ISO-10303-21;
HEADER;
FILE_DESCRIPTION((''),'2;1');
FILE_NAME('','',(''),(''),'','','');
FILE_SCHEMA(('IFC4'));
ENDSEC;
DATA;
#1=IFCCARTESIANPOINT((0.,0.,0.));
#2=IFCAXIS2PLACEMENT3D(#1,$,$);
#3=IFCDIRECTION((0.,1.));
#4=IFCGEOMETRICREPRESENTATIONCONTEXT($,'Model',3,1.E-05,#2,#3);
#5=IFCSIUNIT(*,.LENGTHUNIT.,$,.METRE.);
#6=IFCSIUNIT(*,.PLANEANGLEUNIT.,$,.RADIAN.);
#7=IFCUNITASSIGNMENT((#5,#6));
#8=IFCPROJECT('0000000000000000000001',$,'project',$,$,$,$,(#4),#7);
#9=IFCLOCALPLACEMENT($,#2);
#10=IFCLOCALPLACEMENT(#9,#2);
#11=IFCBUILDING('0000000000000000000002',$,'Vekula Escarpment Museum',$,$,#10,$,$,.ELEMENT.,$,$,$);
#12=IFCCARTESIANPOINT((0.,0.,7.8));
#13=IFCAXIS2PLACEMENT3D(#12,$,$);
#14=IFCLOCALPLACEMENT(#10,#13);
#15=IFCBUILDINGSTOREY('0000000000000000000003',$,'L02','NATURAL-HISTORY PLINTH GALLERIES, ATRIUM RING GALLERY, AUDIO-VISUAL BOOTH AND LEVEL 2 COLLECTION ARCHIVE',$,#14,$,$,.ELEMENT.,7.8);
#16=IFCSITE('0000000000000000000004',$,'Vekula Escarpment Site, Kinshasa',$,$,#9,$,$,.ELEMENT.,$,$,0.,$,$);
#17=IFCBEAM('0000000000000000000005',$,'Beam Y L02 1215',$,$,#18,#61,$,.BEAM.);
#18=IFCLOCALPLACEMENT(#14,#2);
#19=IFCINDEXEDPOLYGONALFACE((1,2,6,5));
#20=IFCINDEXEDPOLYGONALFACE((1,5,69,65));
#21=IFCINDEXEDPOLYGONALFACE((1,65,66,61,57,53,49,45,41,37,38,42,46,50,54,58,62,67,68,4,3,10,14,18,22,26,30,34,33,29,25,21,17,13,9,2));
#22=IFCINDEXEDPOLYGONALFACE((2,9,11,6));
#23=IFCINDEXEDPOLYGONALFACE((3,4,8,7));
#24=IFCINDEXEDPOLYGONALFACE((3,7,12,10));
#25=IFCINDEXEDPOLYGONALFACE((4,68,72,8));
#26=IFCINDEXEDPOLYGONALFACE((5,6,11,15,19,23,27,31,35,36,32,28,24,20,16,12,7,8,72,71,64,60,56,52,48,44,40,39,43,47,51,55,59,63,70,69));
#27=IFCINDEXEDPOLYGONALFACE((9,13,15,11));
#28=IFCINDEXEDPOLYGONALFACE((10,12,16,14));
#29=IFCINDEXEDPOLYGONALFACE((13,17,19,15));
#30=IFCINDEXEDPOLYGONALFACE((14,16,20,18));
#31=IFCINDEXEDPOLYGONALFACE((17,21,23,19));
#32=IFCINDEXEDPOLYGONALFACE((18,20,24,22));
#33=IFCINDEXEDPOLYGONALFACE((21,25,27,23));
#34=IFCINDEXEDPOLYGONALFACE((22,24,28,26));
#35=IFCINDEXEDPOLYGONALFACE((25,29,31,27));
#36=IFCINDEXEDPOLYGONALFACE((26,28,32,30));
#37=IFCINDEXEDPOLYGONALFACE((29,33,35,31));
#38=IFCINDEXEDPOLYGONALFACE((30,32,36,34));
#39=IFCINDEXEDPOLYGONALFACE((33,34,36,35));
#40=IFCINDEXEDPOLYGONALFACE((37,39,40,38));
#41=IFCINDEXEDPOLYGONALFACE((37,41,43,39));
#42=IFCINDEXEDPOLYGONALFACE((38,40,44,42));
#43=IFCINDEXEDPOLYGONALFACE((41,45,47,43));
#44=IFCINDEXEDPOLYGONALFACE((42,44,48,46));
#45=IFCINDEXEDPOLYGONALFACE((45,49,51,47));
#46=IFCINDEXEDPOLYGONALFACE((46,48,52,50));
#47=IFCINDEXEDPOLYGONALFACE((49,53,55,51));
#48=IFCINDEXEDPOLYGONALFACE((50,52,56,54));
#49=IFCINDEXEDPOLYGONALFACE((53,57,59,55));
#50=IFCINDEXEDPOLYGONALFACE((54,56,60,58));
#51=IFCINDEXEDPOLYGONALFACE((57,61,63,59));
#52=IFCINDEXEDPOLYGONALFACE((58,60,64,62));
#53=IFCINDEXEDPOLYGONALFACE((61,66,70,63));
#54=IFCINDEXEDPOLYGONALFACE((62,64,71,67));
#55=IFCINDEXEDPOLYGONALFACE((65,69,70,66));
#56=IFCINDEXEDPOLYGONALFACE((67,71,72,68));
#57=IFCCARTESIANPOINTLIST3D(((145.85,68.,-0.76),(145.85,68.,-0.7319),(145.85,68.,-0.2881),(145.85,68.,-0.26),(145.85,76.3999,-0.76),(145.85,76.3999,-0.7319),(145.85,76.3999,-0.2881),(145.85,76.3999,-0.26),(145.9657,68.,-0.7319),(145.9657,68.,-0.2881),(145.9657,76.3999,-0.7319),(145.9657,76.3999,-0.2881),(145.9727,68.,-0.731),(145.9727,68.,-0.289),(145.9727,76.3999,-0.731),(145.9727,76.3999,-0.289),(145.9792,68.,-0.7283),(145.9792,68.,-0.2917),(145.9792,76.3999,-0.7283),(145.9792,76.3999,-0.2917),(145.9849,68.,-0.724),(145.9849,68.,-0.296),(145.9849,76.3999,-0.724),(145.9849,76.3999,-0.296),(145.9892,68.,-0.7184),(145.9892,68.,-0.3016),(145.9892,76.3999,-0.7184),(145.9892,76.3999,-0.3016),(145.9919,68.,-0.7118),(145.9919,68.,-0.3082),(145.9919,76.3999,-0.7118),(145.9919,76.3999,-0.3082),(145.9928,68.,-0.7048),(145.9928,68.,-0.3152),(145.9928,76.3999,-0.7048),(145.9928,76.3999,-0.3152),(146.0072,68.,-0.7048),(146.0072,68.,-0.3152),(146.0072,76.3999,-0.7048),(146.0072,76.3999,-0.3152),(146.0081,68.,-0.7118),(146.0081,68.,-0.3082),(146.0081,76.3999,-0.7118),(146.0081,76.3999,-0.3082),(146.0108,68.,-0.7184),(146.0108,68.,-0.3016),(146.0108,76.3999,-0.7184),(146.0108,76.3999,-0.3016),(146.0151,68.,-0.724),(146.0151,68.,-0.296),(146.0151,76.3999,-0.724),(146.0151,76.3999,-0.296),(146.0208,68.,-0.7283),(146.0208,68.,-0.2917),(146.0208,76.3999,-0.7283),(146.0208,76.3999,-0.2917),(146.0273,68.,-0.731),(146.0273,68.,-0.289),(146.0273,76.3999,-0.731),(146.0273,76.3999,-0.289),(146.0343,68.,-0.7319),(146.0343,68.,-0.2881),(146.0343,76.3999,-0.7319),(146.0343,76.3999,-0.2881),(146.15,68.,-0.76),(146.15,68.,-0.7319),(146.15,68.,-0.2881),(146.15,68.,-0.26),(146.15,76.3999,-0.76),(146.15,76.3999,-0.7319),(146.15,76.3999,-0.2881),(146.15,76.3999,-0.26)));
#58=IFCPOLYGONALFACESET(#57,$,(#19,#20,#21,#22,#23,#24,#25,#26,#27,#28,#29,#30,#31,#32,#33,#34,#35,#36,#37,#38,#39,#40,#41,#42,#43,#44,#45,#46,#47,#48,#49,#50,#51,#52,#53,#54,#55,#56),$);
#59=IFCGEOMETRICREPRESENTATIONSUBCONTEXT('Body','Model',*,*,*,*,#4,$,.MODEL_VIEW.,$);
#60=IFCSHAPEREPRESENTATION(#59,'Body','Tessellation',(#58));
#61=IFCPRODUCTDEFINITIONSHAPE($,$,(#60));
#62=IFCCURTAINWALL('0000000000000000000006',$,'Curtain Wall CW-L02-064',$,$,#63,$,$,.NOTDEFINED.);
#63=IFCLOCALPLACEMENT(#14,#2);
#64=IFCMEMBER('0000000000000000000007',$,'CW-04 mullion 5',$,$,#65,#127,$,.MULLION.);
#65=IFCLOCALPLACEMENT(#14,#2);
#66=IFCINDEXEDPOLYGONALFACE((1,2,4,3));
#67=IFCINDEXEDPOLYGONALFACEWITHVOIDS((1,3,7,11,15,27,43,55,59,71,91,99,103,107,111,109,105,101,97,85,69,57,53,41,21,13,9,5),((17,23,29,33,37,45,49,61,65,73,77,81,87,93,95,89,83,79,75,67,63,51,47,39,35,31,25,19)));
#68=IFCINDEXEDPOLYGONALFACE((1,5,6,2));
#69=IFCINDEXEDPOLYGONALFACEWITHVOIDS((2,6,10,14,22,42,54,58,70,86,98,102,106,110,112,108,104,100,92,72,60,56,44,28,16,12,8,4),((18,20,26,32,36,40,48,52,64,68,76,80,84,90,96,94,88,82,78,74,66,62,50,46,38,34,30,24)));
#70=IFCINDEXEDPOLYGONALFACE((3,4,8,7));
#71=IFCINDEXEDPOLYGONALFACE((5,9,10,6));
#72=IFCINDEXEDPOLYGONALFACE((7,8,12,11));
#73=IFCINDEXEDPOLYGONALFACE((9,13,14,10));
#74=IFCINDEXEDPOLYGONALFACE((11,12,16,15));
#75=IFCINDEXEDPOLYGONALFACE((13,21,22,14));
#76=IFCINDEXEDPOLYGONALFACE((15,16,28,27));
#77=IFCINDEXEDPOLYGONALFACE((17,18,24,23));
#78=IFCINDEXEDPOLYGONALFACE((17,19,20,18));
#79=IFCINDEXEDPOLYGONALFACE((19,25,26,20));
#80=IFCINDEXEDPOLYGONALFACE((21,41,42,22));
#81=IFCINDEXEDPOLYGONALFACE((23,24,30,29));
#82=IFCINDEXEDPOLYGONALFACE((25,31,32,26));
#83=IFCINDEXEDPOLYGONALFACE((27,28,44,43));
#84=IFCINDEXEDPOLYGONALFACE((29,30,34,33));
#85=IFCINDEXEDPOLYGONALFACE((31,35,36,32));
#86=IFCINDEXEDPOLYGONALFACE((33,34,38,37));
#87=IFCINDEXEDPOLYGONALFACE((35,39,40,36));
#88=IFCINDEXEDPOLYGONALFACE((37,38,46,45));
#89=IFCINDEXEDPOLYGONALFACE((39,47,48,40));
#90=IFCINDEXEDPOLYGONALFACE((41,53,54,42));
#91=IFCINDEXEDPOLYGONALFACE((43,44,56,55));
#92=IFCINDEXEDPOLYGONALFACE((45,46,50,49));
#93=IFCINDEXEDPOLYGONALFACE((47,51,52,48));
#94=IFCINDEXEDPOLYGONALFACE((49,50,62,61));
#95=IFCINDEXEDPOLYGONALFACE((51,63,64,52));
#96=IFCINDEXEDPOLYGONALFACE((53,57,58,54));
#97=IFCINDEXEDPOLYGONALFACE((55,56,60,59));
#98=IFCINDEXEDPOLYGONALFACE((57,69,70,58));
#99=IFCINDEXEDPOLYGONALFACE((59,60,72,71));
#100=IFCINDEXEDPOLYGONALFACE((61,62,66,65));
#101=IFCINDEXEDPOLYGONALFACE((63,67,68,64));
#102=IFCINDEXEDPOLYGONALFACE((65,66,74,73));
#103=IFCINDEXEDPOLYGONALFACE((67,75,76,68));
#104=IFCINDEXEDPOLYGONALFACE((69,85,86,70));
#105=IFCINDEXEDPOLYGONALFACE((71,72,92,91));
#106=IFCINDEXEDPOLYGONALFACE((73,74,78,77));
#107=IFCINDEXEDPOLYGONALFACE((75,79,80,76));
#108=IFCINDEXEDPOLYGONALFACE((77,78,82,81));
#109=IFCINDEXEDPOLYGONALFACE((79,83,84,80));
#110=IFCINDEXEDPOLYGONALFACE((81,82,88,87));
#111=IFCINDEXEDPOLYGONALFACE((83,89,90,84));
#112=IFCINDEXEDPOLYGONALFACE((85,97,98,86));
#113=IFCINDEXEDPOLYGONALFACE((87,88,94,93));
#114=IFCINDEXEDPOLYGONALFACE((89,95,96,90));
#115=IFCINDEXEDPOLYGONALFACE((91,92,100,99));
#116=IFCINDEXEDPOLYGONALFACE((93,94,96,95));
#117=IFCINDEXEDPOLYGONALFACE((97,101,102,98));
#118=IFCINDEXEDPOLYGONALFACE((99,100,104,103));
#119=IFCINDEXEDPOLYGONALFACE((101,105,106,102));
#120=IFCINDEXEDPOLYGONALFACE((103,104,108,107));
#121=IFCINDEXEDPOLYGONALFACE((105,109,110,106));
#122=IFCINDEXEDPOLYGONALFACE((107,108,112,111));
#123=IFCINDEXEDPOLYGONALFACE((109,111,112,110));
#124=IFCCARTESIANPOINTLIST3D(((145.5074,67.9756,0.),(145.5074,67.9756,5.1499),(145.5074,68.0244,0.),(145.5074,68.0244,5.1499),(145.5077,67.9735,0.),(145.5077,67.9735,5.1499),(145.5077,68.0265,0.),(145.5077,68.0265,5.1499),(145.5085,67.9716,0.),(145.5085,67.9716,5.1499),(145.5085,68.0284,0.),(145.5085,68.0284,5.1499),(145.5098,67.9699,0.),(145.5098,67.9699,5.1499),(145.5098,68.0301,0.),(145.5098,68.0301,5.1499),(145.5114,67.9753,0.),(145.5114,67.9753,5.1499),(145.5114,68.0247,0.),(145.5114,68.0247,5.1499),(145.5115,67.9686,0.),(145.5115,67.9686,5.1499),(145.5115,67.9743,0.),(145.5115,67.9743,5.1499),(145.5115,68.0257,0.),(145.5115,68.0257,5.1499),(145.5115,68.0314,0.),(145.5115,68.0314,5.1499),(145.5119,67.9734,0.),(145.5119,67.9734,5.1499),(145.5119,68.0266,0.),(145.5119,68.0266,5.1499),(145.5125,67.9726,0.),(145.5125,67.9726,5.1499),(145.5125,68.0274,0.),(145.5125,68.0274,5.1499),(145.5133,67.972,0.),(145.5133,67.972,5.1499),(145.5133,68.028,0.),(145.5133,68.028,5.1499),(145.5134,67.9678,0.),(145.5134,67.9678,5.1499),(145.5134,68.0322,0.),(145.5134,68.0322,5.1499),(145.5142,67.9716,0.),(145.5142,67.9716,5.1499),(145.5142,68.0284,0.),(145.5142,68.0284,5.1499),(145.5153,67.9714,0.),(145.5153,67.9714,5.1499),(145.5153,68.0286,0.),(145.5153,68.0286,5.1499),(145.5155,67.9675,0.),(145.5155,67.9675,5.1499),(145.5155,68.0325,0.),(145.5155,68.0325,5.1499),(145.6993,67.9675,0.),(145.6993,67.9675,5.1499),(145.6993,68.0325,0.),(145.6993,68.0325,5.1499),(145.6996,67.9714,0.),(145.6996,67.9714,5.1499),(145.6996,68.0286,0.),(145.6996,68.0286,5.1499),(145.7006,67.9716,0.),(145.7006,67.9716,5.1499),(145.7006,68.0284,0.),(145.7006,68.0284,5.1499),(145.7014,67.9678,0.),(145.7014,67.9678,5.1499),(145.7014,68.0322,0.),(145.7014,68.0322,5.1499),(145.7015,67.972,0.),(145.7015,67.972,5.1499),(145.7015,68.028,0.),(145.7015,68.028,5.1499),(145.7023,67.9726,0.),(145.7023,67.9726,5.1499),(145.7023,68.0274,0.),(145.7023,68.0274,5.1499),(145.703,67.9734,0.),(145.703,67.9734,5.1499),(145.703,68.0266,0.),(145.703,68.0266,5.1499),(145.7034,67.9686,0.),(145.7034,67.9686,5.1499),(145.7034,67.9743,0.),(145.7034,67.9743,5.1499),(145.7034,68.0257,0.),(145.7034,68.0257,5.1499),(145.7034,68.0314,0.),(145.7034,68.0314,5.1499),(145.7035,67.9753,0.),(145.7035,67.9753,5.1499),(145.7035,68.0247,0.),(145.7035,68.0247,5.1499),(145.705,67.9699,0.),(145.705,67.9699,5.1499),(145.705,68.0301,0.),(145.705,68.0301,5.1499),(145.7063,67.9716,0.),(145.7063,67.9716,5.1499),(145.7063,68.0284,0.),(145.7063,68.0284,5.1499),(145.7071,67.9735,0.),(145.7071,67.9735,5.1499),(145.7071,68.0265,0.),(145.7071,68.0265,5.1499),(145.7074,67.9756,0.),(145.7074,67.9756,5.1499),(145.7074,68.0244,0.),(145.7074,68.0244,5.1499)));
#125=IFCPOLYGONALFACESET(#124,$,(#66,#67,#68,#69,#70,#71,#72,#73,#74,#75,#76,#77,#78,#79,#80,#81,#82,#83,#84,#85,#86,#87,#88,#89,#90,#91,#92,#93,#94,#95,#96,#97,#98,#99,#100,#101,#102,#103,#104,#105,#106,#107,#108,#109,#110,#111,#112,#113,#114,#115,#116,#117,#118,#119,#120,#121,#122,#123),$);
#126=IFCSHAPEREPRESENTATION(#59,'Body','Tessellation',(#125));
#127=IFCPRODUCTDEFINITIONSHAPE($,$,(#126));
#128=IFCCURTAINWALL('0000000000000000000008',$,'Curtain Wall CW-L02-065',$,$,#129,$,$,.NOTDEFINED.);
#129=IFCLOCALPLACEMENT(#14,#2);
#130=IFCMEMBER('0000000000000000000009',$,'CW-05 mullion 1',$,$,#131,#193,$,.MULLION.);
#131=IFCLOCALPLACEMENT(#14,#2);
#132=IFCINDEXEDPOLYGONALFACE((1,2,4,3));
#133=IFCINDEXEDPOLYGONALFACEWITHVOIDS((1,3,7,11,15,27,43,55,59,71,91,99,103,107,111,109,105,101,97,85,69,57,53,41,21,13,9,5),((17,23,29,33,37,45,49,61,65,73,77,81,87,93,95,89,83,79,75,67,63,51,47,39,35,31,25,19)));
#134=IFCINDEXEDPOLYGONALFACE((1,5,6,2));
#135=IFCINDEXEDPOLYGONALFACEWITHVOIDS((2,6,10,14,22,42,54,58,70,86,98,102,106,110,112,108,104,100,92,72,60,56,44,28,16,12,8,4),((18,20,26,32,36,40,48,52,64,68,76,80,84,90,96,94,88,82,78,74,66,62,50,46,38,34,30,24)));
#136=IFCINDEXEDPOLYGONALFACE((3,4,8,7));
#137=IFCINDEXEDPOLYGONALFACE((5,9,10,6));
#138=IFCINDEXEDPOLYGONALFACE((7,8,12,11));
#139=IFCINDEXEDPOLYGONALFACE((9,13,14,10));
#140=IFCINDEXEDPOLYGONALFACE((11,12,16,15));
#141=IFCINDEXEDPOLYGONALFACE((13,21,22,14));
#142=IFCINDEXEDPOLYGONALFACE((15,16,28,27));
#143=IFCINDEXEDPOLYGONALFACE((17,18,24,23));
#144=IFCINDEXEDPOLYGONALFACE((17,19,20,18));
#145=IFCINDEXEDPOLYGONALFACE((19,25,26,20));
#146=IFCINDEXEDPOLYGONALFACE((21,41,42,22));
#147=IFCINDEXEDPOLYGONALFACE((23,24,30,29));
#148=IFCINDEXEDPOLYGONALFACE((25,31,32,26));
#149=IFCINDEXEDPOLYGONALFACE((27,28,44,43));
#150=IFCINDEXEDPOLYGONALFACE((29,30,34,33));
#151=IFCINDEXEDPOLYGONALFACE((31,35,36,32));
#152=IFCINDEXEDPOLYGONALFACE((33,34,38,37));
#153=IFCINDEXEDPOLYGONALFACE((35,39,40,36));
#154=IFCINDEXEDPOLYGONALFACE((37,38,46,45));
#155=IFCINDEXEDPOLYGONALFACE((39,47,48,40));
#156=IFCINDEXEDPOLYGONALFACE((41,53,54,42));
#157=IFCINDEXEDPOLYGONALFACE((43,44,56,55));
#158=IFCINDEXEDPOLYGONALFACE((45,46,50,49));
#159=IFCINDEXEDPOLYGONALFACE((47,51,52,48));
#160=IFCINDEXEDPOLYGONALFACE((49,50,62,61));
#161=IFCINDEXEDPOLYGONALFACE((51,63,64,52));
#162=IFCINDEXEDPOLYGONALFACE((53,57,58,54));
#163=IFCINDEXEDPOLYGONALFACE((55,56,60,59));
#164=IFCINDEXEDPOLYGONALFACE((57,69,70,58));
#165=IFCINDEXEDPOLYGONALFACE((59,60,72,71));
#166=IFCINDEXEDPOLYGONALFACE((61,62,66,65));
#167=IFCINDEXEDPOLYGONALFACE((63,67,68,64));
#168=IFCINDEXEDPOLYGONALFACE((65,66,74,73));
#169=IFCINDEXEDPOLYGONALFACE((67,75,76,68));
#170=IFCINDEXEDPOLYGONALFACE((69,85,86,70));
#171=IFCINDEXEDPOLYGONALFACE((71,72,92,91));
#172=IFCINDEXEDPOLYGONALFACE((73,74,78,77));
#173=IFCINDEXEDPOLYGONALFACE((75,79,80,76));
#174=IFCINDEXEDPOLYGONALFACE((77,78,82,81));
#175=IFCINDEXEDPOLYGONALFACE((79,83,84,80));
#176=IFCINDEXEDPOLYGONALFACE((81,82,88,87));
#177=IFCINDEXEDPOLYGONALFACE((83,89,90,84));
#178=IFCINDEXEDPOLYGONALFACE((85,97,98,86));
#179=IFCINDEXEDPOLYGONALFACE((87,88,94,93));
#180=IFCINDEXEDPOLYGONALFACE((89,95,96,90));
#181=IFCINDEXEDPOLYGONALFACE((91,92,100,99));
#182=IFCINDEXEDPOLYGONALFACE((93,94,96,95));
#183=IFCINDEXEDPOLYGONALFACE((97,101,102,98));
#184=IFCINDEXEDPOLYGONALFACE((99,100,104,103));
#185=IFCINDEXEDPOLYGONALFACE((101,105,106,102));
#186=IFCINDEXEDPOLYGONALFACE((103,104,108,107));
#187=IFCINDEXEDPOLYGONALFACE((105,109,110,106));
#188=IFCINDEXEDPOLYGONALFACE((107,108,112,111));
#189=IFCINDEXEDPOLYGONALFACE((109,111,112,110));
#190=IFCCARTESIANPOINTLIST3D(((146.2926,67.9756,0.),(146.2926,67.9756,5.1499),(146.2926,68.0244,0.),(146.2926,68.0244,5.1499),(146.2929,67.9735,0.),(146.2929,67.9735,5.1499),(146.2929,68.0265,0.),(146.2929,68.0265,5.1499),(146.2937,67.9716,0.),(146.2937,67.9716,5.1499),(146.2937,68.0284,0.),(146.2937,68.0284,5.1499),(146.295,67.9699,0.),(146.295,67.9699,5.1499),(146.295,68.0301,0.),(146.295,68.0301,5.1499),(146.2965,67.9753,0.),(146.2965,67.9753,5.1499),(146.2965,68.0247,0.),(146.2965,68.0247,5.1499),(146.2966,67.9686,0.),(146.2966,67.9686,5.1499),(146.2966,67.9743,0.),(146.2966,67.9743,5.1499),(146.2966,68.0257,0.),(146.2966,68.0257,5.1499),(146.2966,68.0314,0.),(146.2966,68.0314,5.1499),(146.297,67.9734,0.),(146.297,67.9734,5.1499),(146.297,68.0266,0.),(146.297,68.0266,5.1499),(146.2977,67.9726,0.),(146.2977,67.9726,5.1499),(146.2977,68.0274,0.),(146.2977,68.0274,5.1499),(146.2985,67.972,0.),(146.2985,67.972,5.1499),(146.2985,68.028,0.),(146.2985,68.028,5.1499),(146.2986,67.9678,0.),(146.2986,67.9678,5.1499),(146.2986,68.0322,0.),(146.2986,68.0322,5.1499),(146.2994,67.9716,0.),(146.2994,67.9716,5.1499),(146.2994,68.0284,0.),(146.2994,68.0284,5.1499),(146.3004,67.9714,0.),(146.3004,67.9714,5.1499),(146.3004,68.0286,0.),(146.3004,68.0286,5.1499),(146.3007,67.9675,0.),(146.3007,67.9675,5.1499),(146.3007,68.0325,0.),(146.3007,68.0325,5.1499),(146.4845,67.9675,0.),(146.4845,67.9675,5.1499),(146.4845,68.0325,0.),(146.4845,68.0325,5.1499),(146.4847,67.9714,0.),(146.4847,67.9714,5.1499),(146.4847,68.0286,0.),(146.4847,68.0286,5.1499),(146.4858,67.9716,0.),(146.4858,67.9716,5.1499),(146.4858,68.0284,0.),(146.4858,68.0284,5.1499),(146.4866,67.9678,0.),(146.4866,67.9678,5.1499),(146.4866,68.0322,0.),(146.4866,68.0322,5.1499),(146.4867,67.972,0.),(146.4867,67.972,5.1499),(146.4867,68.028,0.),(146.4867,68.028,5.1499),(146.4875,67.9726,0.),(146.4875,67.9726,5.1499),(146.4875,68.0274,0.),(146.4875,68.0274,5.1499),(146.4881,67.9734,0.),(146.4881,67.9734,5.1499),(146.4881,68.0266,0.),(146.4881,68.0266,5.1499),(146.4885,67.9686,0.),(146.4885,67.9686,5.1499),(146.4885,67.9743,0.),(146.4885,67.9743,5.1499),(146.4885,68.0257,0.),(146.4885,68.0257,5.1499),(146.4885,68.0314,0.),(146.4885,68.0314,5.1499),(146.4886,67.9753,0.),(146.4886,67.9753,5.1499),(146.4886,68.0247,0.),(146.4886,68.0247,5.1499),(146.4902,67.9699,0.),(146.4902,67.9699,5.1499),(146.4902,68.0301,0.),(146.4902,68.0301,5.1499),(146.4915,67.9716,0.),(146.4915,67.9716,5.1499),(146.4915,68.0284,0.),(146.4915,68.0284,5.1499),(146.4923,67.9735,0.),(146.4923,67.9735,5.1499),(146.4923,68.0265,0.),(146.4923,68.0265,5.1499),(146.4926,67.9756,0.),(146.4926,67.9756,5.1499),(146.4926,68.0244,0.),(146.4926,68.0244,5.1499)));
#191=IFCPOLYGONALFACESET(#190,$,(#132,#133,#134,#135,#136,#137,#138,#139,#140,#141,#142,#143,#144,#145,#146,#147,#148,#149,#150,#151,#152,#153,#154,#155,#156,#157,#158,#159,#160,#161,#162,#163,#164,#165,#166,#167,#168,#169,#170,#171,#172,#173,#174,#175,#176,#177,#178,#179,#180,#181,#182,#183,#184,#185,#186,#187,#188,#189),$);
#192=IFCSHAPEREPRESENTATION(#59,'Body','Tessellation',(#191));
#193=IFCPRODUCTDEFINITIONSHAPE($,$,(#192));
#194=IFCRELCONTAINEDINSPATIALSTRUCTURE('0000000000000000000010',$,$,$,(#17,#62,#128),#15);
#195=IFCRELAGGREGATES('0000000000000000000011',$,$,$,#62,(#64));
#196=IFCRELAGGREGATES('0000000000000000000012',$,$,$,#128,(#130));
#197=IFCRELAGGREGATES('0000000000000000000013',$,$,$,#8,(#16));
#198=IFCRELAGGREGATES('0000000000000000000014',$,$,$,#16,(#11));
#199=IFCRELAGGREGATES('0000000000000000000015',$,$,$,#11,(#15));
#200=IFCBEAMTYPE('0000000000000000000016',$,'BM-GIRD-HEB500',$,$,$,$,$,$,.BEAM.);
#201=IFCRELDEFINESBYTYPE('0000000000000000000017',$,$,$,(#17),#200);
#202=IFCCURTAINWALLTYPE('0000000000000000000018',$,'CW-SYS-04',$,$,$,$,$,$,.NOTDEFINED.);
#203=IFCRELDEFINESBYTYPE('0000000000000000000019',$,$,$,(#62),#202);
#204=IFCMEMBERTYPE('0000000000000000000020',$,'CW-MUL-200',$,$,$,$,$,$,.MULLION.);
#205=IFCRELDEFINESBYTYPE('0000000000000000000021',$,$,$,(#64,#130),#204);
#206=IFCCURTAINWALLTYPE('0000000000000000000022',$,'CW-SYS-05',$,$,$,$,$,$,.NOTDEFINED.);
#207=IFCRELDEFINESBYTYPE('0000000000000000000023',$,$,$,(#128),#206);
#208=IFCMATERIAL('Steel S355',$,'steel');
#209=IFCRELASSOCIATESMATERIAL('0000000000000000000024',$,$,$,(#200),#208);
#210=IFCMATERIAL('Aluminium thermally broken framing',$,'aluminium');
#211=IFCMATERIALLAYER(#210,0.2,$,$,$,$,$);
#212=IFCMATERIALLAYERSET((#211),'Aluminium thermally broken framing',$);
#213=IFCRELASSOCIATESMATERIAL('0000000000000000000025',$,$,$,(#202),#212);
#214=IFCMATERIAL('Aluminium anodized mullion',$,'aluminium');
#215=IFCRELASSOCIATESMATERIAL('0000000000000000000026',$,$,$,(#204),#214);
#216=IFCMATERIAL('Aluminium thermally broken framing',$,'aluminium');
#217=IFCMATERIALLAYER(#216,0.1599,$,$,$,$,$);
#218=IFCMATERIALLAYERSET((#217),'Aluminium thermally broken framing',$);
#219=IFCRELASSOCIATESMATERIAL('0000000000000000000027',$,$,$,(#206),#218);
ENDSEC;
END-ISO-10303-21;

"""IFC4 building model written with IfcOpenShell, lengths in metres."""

from ifc_helpers import new_model, si_unit, direction, frame, origin, origin_2d, place, context, subcontext, project, spatial, hollow_rectangle, i_section, extrude, material, layer, layer_set, material_profile, profile_set, type_object, element, aggregate, save


model = new_model("IFC4")

# Units and contexts
model_context = context("Model", 3, precision=1e-05, world=origin(), true_north=direction((0.0, 1.0)))
body_context = subcontext(model_context, "Body", "Model", "MODEL_VIEW")
ifc_project = project(units=[si_unit("LENGTHUNIT", "METRE"), si_unit("PLANEANGLEUNIT", "RADIAN")], contexts=[model_context])

# Site, building, storey
site_placement = place(None, origin())
site = spatial("IfcSite", under=ifc_project, at=site_placement, Name="Vekula Escarpment Site, Kinshasa", CompositionType="ELEMENT", RefElevation=0.0)
building_placement = place(site_placement, origin())
building = spatial("IfcBuilding", under=site, at=building_placement, Name="Vekula Escarpment Museum", CompositionType="ELEMENT")
storey_placement = place(building_placement, frame((0.0, 0.0, 7.8)))
storey = spatial("IfcBuildingStorey", under=building, at=storey_placement, Name="L02", Description="NATURAL-HISTORY PLINTH GALLERIES, ATRIUM RING GALLERY, AUDIO-VISUAL BOOTH AND LEVEL 2 COLLECTION ARCHIVE", CompositionType="ELEMENT", Elevation=7.8)

# Beam
ifc_material_1 = material(Name="Steel S355", Category="steel")
ifc_material_profile_1 = material_profile(ifc_material_1, i_section(OverallWidth=0.3, OverallDepth=0.5, WebThickness=0.0144, FlangeThickness=0.0281, FilletRadius=0.0271, at=origin_2d()), Name="HEB 500")
ifc_profile_set_1 = profile_set([ifc_material_profile_1], Name="Steel S355")
beam_type_1 = type_object("IfcBeamType", Name="BM-GIRD-HEB500", PredefinedType="BEAM", material=ifc_profile_set_1)
beam_1_placement = place(storey_placement, frame((146.0, 68.0, -0.51), z_axis=(0.0, 1.0, 0.0), x_axis=(-1.0, 0.0, 0.0)))
element("IfcBeam", 1, at=beam_1_placement, inside=storey, type_object=beam_type_1, Name="Beam Y L02 1215", PredefinedType="BEAM", context=body_context, shape_type="SweptSolid", body=[
    extrude(i_section(OverallWidth=0.3, OverallDepth=0.5, WebThickness=0.0144, FlangeThickness=0.0281, FilletRadius=0.0271, at=origin_2d()), origin(), (0.0, 0.0, 1.0), 8.3999),
])

# Curtain wall, member
ifc_material_2 = material(Name="Aluminium thermally broken framing", Category="aluminium")
ifc_layer_1 = layer(ifc_material_2, 0.2)
ifc_layer_set_1 = layer_set([ifc_layer_1], Name="Aluminium thermally broken framing")
curtain_wall_type_1 = type_object("IfcCurtainWallType", Name="CW-SYS-04", PredefinedType="NOTDEFINED", material=ifc_layer_set_1)
curtain_wall_1_placement = place(storey_placement, origin())
curtain_wall_1 = element("IfcCurtainWall", 2, at=curtain_wall_1_placement, inside=storey, type_object=curtain_wall_type_1, Name="Curtain Wall CW-L02-064", PredefinedType="NOTDEFINED")
ifc_material_3 = material(Name="Aluminium anodized mullion", Category="aluminium")
ifc_material_profile_2 = material_profile(ifc_material_3, hollow_rectangle(XDim=0.0649, YDim=0.2, WallThickness=0.0039, InnerFilletRadius=0.0039, OuterFilletRadius=0.0081, at=origin_2d()), Name="ALU 200x65x4")
ifc_profile_set_2 = profile_set([ifc_material_profile_2], Name="Aluminium anodized mullion")
member_type_1 = type_object("IfcMemberType", Name="CW-MUL-200", PredefinedType="MULLION", material=ifc_profile_set_2)
member_1_placement = place(storey_placement, frame((145.6074, 68.0, 0.0), z_axis=(0.0, 0.0, 1.0), x_axis=(0.0, 1.0, 0.0)))
member_1 = element("IfcMember", 3, at=member_1_placement, type_object=member_type_1, Name="CW-04 mullion 5", PredefinedType="MULLION", context=body_context, shape_type="SweptSolid", body=[
    extrude(hollow_rectangle(XDim=0.0649, YDim=0.2, WallThickness=0.0039, InnerFilletRadius=0.0039, OuterFilletRadius=0.0081, at=origin_2d()), origin(), (0.0, 0.0, 1.0), 5.1499),
])

# Curtain wall, member
ifc_material_4 = material(Name="Aluminium thermally broken framing", Category="aluminium")
ifc_layer_2 = layer(ifc_material_4, 0.1599)
ifc_layer_set_2 = layer_set([ifc_layer_2], Name="Aluminium thermally broken framing")
curtain_wall_type_2 = type_object("IfcCurtainWallType", Name="CW-SYS-05", PredefinedType="NOTDEFINED", material=ifc_layer_set_2)
curtain_wall_2_placement = place(storey_placement, origin())
curtain_wall_2 = element("IfcCurtainWall", 4, at=curtain_wall_2_placement, inside=storey, type_object=curtain_wall_type_2, Name="Curtain Wall CW-L02-065", PredefinedType="NOTDEFINED")
member_2_placement = place(storey_placement, frame((146.3926, 68.0, 0.0), z_axis=(0.0, 0.0, 1.0), x_axis=(0.0, 1.0, 0.0)))
member_2 = element("IfcMember", 5, at=member_2_placement, type_object=member_type_1, Name="CW-05 mullion 1", PredefinedType="MULLION", context=body_context, shape_type="SweptSolid", body=[
    extrude(hollow_rectangle(XDim=0.0649, YDim=0.2, WallThickness=0.0039, InnerFilletRadius=0.0039, OuterFilletRadius=0.0081, at=origin_2d()), origin(), (0.0, 0.0, 1.0), 5.1499),
])

aggregate(curtain_wall_1, [member_1])
aggregate(curtain_wall_2, [member_2])

save(model, "model.ifc")
